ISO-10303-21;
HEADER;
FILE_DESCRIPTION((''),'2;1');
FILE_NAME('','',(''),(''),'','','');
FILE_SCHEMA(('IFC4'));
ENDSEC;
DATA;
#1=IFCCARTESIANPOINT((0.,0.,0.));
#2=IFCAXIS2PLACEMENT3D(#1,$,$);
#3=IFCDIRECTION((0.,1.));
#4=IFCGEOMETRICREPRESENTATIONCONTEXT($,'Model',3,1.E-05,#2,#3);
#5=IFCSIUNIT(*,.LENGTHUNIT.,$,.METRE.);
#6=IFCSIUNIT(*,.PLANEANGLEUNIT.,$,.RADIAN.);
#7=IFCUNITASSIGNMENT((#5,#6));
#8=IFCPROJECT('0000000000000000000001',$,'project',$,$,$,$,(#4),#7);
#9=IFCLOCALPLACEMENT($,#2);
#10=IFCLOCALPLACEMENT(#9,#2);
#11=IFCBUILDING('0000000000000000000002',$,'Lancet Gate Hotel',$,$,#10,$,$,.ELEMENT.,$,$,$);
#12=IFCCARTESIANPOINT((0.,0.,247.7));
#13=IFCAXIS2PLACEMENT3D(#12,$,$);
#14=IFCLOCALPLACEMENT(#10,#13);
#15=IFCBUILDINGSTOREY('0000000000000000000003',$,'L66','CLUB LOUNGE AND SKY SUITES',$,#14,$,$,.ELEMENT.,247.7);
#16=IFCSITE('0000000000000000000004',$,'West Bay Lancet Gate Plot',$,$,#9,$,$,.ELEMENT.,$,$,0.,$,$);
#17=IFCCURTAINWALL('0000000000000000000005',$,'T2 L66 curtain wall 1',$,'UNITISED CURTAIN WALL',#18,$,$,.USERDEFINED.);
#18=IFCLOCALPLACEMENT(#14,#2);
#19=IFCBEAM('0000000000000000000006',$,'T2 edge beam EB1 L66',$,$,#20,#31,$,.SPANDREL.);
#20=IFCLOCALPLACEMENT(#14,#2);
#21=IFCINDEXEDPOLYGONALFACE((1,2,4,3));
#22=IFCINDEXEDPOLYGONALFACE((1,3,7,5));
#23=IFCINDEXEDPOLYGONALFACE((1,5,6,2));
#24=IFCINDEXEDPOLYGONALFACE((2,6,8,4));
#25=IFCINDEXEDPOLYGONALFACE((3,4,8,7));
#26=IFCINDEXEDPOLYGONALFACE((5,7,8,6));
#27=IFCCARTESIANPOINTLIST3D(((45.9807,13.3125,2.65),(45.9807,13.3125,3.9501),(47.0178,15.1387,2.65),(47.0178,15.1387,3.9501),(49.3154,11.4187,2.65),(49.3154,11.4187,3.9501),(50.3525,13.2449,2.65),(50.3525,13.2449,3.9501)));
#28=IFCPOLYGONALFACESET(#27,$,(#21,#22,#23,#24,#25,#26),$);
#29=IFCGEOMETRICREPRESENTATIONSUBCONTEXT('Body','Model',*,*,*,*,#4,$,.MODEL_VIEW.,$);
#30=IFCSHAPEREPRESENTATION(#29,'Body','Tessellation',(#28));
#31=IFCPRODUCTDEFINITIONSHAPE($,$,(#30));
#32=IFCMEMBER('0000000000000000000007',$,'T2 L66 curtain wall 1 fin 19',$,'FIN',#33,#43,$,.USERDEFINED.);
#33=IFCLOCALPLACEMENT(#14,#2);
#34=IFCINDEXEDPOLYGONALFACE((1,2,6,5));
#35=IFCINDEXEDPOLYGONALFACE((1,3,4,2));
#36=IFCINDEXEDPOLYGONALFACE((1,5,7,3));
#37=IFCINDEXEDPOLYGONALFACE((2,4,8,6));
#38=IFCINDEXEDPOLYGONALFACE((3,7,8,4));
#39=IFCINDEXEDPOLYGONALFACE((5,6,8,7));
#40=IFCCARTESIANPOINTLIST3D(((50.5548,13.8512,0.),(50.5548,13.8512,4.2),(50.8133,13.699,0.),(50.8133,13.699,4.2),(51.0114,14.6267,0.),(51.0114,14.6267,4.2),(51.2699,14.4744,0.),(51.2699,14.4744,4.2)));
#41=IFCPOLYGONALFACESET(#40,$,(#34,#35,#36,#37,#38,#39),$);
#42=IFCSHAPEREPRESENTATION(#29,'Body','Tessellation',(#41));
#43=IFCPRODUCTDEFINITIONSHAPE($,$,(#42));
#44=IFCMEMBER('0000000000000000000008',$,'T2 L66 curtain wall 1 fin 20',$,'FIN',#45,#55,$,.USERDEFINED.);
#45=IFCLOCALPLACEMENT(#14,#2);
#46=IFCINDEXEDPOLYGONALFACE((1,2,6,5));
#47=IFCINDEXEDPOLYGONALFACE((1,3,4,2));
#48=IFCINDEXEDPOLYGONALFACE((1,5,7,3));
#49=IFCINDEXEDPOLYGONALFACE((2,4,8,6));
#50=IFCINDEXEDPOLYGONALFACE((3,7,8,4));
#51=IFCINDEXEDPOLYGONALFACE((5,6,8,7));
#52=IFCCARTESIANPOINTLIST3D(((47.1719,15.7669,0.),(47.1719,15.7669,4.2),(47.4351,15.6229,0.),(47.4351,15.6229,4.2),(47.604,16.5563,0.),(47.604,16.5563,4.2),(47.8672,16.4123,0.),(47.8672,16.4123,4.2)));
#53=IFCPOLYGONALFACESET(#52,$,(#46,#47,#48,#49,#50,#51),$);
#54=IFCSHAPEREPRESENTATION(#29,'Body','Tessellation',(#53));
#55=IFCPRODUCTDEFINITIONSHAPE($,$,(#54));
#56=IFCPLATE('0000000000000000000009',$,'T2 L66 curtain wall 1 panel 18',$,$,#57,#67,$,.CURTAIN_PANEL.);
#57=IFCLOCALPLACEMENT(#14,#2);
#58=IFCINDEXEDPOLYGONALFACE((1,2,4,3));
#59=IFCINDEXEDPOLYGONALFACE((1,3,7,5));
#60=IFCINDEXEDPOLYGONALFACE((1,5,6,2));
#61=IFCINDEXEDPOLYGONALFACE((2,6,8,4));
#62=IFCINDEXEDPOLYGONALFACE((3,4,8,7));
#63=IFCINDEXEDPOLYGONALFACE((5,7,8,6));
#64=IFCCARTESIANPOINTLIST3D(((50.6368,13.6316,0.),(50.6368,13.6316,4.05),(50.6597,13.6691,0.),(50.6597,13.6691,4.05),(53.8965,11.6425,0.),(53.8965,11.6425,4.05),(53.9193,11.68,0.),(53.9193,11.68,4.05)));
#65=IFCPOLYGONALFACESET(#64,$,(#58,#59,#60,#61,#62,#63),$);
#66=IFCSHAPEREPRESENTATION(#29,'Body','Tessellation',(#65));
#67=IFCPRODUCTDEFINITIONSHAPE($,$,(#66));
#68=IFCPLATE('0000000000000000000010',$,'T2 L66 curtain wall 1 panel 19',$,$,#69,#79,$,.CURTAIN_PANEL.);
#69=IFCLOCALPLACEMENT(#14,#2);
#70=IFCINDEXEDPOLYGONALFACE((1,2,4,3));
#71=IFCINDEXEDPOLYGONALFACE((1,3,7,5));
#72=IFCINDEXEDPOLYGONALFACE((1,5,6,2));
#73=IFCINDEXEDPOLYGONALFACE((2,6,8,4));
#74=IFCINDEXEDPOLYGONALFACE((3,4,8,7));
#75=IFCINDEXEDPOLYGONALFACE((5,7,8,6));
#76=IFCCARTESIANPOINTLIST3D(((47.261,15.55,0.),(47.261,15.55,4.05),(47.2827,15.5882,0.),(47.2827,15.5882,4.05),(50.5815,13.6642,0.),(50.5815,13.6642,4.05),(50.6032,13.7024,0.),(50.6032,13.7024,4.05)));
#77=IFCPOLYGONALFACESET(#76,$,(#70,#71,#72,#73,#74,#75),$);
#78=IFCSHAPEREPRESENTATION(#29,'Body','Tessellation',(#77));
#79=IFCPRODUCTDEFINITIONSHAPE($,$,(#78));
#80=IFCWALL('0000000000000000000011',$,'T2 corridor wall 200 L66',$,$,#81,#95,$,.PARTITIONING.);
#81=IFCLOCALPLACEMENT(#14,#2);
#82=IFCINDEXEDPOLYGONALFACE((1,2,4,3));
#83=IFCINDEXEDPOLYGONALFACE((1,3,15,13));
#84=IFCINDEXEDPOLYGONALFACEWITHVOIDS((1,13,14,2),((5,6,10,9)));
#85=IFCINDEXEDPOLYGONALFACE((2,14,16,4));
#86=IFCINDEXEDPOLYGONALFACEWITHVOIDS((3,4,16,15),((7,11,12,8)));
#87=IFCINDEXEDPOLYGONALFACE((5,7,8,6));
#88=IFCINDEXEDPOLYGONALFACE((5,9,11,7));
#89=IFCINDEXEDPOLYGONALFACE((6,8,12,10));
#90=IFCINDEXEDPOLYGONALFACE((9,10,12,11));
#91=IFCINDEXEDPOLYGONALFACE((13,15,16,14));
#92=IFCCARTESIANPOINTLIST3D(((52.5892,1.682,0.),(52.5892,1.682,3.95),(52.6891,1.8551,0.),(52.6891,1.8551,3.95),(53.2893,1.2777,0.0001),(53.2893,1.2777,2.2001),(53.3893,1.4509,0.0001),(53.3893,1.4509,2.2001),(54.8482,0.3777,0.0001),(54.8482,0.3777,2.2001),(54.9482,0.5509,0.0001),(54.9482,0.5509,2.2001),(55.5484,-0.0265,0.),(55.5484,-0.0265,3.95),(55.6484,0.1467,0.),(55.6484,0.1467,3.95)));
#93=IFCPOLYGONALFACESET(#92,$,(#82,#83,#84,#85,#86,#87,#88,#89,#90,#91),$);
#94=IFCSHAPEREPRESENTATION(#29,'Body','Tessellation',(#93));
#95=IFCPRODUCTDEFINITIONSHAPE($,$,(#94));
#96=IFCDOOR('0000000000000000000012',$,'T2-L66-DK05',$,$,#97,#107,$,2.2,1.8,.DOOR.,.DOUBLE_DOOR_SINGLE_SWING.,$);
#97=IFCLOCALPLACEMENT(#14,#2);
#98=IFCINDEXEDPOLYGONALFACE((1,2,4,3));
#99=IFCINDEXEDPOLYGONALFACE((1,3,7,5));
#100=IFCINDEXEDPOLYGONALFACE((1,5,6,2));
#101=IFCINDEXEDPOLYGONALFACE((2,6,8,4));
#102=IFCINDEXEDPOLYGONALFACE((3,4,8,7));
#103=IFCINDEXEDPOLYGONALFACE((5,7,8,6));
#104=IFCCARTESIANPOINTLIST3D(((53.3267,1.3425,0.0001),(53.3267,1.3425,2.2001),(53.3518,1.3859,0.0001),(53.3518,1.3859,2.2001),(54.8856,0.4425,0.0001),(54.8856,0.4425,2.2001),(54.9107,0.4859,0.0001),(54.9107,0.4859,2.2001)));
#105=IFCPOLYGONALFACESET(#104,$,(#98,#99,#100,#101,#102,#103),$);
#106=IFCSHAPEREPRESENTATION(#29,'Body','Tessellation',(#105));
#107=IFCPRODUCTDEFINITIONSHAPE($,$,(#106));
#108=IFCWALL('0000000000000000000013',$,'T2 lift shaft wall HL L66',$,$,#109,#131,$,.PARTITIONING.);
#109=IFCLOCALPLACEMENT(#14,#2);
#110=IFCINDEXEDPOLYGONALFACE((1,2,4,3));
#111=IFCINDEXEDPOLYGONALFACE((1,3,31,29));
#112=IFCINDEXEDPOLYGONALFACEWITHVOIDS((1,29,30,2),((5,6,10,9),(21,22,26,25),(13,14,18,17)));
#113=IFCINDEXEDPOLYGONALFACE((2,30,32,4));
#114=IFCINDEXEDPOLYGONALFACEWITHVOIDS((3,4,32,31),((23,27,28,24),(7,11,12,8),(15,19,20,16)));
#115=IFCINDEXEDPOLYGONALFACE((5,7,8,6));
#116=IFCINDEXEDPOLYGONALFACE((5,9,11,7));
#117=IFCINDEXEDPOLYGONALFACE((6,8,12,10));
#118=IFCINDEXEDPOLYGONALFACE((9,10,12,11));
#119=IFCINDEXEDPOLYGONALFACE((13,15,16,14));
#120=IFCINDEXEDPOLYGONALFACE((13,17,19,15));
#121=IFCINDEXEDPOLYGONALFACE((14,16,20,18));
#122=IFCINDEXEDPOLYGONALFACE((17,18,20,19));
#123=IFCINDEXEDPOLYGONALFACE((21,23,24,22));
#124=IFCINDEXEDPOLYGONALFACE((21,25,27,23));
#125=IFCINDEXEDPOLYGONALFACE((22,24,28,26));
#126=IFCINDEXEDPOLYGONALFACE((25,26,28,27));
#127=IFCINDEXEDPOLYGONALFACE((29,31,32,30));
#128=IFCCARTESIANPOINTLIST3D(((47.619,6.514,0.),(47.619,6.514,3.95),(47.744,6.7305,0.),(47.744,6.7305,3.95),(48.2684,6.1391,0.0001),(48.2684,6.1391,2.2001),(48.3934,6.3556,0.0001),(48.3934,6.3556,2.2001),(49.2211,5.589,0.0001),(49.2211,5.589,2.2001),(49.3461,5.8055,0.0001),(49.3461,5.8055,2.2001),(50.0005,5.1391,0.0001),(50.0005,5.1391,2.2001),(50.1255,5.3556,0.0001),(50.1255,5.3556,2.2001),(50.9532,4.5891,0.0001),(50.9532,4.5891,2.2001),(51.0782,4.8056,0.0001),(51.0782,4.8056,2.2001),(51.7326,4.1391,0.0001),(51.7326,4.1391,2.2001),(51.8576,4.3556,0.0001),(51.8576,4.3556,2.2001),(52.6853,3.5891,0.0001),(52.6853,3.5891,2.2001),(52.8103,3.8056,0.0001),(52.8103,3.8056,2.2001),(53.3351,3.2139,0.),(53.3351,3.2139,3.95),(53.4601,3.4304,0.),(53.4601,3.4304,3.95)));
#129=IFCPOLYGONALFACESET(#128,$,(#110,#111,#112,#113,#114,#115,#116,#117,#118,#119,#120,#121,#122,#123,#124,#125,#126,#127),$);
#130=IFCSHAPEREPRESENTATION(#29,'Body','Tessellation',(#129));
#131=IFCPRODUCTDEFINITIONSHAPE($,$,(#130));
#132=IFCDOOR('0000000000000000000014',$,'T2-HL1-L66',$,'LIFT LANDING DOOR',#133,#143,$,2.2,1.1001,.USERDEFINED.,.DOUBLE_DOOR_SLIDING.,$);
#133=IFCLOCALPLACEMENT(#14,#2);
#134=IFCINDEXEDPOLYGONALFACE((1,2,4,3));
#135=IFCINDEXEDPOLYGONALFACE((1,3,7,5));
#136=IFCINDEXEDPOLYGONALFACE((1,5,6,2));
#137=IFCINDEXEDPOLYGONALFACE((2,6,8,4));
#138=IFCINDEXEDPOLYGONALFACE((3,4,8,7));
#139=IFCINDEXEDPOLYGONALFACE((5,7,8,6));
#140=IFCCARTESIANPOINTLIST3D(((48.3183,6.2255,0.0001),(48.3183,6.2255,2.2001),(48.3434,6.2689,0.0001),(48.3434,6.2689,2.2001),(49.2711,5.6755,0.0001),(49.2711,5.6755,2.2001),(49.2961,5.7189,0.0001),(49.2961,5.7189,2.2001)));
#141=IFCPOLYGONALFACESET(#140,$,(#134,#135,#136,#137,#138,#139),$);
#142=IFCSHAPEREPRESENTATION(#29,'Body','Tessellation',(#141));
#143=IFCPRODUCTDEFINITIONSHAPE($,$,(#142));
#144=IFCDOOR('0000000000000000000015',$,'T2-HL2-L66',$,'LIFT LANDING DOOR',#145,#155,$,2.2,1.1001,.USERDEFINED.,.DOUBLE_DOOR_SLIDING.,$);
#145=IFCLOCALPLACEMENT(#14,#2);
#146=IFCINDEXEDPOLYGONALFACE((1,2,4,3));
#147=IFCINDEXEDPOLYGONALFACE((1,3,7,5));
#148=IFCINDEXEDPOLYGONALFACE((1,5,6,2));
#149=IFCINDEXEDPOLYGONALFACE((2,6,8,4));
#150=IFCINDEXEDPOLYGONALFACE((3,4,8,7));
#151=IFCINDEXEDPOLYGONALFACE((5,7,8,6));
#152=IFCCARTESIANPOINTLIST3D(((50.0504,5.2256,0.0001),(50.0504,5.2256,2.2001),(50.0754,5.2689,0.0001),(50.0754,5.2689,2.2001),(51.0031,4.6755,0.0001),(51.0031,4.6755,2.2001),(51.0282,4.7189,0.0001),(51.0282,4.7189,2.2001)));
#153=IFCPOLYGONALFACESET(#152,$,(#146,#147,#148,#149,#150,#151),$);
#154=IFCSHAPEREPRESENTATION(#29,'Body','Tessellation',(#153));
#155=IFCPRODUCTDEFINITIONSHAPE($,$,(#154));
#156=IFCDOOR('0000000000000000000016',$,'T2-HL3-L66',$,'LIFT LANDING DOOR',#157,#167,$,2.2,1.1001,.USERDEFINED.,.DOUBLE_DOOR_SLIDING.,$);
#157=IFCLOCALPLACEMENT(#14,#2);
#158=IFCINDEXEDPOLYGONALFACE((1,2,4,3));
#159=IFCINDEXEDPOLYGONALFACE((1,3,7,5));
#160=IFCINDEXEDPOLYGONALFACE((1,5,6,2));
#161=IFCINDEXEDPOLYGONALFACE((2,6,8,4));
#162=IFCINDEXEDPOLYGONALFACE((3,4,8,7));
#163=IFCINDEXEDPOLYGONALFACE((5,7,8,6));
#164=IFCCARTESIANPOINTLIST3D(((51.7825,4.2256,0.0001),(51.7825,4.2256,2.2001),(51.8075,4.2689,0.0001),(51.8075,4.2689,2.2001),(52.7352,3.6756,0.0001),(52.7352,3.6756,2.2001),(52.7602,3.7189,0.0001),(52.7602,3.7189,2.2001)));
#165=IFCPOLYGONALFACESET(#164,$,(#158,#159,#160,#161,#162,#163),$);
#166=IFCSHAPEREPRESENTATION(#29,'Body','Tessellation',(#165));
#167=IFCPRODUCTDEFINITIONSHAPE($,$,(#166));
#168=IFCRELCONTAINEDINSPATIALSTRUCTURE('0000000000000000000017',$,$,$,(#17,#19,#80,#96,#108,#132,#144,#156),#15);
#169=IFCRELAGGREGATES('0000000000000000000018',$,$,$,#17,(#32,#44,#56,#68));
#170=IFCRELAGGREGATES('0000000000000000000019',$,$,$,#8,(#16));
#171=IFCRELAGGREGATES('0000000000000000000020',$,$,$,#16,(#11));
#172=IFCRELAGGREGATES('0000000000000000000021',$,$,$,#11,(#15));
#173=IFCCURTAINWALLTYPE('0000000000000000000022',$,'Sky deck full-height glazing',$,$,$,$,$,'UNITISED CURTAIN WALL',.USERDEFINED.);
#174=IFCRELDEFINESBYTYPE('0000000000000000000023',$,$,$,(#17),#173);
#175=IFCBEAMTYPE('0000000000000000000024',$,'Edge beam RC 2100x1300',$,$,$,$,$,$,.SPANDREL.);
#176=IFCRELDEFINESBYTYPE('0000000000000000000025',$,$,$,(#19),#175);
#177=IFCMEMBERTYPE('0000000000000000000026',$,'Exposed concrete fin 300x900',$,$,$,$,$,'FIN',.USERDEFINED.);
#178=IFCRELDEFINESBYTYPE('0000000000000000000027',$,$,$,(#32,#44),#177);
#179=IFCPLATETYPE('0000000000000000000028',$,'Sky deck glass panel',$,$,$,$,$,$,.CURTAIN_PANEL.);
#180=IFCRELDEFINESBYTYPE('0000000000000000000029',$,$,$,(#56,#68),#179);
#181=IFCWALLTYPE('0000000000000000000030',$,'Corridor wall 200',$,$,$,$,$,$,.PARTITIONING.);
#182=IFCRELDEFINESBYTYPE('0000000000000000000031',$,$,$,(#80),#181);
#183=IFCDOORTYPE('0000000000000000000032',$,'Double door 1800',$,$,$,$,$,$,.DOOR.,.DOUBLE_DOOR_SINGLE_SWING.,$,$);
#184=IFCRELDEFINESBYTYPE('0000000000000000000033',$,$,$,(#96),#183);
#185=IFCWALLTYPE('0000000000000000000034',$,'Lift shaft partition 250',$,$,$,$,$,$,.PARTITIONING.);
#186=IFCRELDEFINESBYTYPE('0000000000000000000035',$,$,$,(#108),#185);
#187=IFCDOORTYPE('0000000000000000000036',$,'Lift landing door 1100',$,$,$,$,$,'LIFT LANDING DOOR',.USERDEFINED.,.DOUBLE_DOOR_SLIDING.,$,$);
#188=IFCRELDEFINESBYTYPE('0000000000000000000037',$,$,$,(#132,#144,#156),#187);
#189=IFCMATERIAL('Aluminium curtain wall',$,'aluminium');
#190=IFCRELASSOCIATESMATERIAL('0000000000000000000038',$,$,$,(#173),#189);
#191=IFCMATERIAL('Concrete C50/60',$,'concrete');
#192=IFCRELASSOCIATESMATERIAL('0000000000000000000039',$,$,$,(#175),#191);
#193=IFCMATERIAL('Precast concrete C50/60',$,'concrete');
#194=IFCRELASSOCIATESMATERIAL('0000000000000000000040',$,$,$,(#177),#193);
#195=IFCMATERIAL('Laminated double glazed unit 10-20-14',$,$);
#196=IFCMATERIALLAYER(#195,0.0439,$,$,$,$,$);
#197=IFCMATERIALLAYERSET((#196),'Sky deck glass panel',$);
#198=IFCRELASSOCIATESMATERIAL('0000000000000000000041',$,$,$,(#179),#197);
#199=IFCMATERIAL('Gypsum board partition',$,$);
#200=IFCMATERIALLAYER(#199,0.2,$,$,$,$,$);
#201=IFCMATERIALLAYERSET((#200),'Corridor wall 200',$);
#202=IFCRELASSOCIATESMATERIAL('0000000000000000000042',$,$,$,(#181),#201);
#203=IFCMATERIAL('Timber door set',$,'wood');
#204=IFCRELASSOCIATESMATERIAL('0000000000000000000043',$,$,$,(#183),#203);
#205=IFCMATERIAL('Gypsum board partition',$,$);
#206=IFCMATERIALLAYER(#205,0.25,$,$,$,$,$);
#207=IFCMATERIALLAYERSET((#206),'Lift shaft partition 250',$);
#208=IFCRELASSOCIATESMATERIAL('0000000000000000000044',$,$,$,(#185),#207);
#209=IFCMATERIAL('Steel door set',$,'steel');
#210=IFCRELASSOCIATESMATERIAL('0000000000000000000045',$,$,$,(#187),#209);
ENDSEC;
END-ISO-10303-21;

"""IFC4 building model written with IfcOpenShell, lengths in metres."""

from ifc_helpers import new_model, si_unit, direction, frame, frame_2d, origin, origin_2d, place, context, subcontext, project, spatial, rectangle, extrude, material, layer, layer_set, material_profile, profile_set, type_object, element, fill, aggregate, save


model = new_model("IFC4")

# Units and contexts
model_context = context("Model", 3, precision=1e-05, world=origin(), true_north=direction((0.0, 1.0)))
body_context = subcontext(model_context, "Body", "Model", "MODEL_VIEW")
ifc_project = project(units=[si_unit("LENGTHUNIT", "METRE"), si_unit("PLANEANGLEUNIT", "RADIAN")], contexts=[model_context])

# Site, building, storey
site_placement = place(None, origin())
site = spatial("IfcSite", under=ifc_project, at=site_placement, Name="West Bay Lancet Gate Plot", CompositionType="ELEMENT", RefElevation=0.0)
building_placement = place(site_placement, origin())
building = spatial("IfcBuilding", under=site, at=building_placement, Name="Lancet Gate Hotel", CompositionType="ELEMENT")
storey_placement = place(building_placement, frame((0.0, 0.0, 247.7)))
storey = spatial("IfcBuildingStorey", under=building, at=storey_placement, Name="L66", Description="CLUB LOUNGE AND SKY SUITES", CompositionType="ELEMENT", Elevation=247.7)

# Curtain wall
ifc_material_1 = material(Name="Aluminium curtain wall", Category="aluminium")
curtain_wall_type = type_object("IfcCurtainWallType", Name="Sky deck full-height glazing", ElementType="UNITISED CURTAIN WALL", PredefinedType="USERDEFINED", material=ifc_material_1)
curtain_wall_placement = place(storey_placement, origin())
curtain_wall = element("IfcCurtainWall", 1, at=curtain_wall_placement, inside=storey, type_object=curtain_wall_type, Name="T2 L66 curtain wall 1", ObjectType="UNITISED CURTAIN WALL", PredefinedType="USERDEFINED")

# Beam
ifc_material_2 = material(Name="Concrete C50/60", Category="concrete")
ifc_material_profile_1 = material_profile(ifc_material_2, rectangle(XDim=2.1001, YDim=1.3, at=origin_2d()), Name="RC 2100x1300")
ifc_profile_set_1 = profile_set([ifc_material_profile_1], Name="Concrete C50/60")
beam_type = type_object("IfcBeamType", Name="Edge beam RC 2100x1300", PredefinedType="SPANDREL", material=ifc_profile_set_1)
beam_placement = place(storey_placement, frame((49.834, 12.3318, 3.3), z_axis=(-0.86956, 0.493827, 0.0), x_axis=(-0.493827, -0.86956, 0.0)))
element("IfcBeam", 2, at=beam_placement, inside=storey, type_object=beam_type, Name="T2 edge beam EB1 L66", PredefinedType="SPANDREL", context=body_context, shape_type="SweptSolid", body=[
    extrude(rectangle(XDim=2.1001, YDim=1.3, at=origin_2d()), origin(), (0.0, 0.0, 1.0), 3.835),
])

# Members
ifc_material_3 = material(Name="Precast concrete C50/60", Category="concrete")
ifc_material_profile_2 = material_profile(ifc_material_3, rectangle(XDim=0.3, YDim=0.8999, at=origin_2d()), Name="FIN 300x900")
ifc_profile_set_2 = profile_set([ifc_material_profile_2], Name="Precast concrete C50/60")
member_type_1 = type_object("IfcMemberType", Name="Exposed concrete fin 300x900", ElementType="FIN", PredefinedType="USERDEFINED", material=ifc_profile_set_2)
member_1_placement = place(storey_placement, frame((50.9124, 14.1628, 0.0), z_axis=(0.0, 0.0, 1.0), x_axis=(-0.861692, 0.507432, 0.0)))
member_1 = element("IfcMember", 3, at=member_1_placement, type_object=member_type_1, Name="T2 L66 curtain wall 1 fin 19", ObjectType="FIN", PredefinedType="USERDEFINED", context=body_context, shape_type="SweptSolid", body=[
    extrude(rectangle(XDim=0.3, YDim=0.8999, at=origin_2d()), origin(), (0.0, 0.0, 1.0), 4.2),
])
member_2_placement = place(storey_placement, frame((47.5195, 16.0896, 0.0), z_axis=(0.0, 0.0, 1.0), x_axis=(-0.877195, 0.480135, 0.0)))
member_2 = element("IfcMember", 4, at=member_2_placement, type_object=member_type_1, Name="T2 L66 curtain wall 1 fin 20", ObjectType="FIN", PredefinedType="USERDEFINED", context=body_context, shape_type="SweptSolid", body=[
    extrude(rectangle(XDim=0.3, YDim=0.8999, at=origin_2d()), origin(), (0.0, 0.0, 1.0), 4.2),
])

# Plates
ifc_material_4 = material(Name="Laminated double glazed unit 10-20-14")
ifc_layer_1 = layer(ifc_material_4, 0.0439)
ifc_layer_set_1 = layer_set([ifc_layer_1], Name="Sky deck glass panel")
plate_type = type_object("IfcPlateType", Name="Sky deck glass panel", PredefinedType="CURTAIN_PANEL", material=ifc_layer_set_1)
plate_1_placement = place(storey_placement, frame((52.2781, 12.6558, 0.0), z_axis=(0.0, 0.0, 1.0), x_axis=(-0.853621, 0.520895, 0.0)))
plate_1 = element("IfcPlate", 5, at=plate_1_placement, type_object=plate_type, Name="T2 L66 curtain wall 1 panel 18", PredefinedType="CURTAIN_PANEL", context=body_context, shape_type="SweptSolid", body=[
    extrude(rectangle(XDim=3.8186, YDim=0.0439, at=origin_2d()), origin(), (0.0, 0.0, 1.0), 4.05),
])
plate_2_placement = place(storey_placement, frame((48.9321, 14.6262, 0.0), z_axis=(0.0, 0.0, 1.0), x_axis=(-0.86955, 0.493844, 0.0)))
plate_2 = element("IfcPlate", 6, at=plate_2_placement, type_object=plate_type, Name="T2 L66 curtain wall 1 panel 19", PredefinedType="CURTAIN_PANEL", context=body_context, shape_type="SweptSolid", body=[
    extrude(rectangle(XDim=3.8186, YDim=0.0439, at=origin_2d()), origin(), (0.0, 0.0, 1.0), 4.05),
])
aggregate(curtain_wall, [member_1, member_2, plate_1, plate_2])

# Wall, opening, door
ifc_material_5 = material(Name="Gypsum board partition")
ifc_layer_2 = layer(ifc_material_5, 0.2)
ifc_layer_set_2 = layer_set([ifc_layer_2], Name="Corridor wall 200")
wall_type_1 = type_object("IfcWallType", Name="Corridor wall 200", PredefinedType="PARTITIONING", material=ifc_layer_set_2)
wall_1_placement = place(storey_placement, frame((52.6392, 1.7686, 0.0), z_axis=(0.0, 0.0, 1.0), x_axis=(0.866027, -0.499997, 0.0)))
wall_1 = element("IfcWall", 7, at=wall_1_placement, inside=storey, type_object=wall_type_1, Name="T2 corridor wall 200 L66", PredefinedType="PARTITIONING", context=body_context, shape_type="SweptSolid", body=[
    extrude(rectangle(XDim=3.417, YDim=0.2, at=frame_2d((1.7085, 0.0))), origin(), (0.0, 0.0, 1.0), 3.95),
])
opening_1_placement = place(wall_1_placement, frame((0.8086, 0.0, 0.0)))
opening_1 = element("IfcOpeningElement", 8, at=opening_1_placement, cuts=wall_1, PredefinedType="OPENING", context=body_context, shape_type="SweptSolid", body=[
    extrude(rectangle(XDim=1.8, YDim=2.2, at=frame_2d((0.8999, 1.1001))), frame((0.0, 0.1099, 0.0), z_axis=(0.0, -1.0, 0.0), x_axis=(1.0, 0.0, 0.0)), (0.0, 0.0, 1.0), 0.22),
])
ifc_material_6 = material(Name="Timber door set", Category="wood")
door_type_1 = type_object("IfcDoorType", Name="Double door 1800", OperationType="DOUBLE_DOOR_SINGLE_SWING", PredefinedType="DOOR", material=ifc_material_6)
door_1_placement = place(opening_1_placement, origin())
door_1 = element("IfcDoor", 9, at=door_1_placement, inside=storey, type_object=door_type_1, Name="T2-L66-DK05", OperationType="DOUBLE_DOOR_SINGLE_SWING", OverallHeight=2.2, OverallWidth=1.8, PredefinedType="DOOR", context=body_context, shape_type="SweptSolid", body=[
    extrude(rectangle(XDim=1.8, YDim=2.2, at=frame_2d((0.8999, 1.1001))), frame((0.0, 0.0249, 0.0), z_axis=(0.0, -1.0, 0.0), x_axis=(1.0, 0.0, 0.0)), (0.0, 0.0, 1.0), 0.05),
])
fill(opening_1, door_1)

# Wall, openings, doors
ifc_material_7 = material(Name="Gypsum board partition")
ifc_layer_3 = layer(ifc_material_7, 0.25)
ifc_layer_set_3 = layer_set([ifc_layer_3], Name="Lift shaft partition 250")
wall_type_2 = type_object("IfcWallType", Name="Lift shaft partition 250", PredefinedType="PARTITIONING", material=ifc_layer_set_3)
wall_2_placement = place(storey_placement, frame((47.6814, 6.6223, 0.0), z_axis=(0.0, 0.0, 1.0), x_axis=(0.866033, -0.499986, 0.0)))
wall_2 = element("IfcWall", 10, at=wall_2_placement, inside=storey, type_object=wall_type_2, Name="T2 lift shaft wall HL L66", PredefinedType="PARTITIONING", context=body_context, shape_type="SweptSolid", body=[
    extrude(rectangle(XDim=6.6003, YDim=0.25, at=frame_2d((3.3003, 0.0))), origin(), (0.0, 0.0, 1.0), 3.95),
])
opening_2_placement = place(wall_2_placement, frame((0.75, 0.0, 0.0)))
opening_2 = element("IfcOpeningElement", 11, at=opening_2_placement, cuts=wall_2, PredefinedType="OPENING", context=body_context, shape_type="SweptSolid", body=[
    extrude(rectangle(XDim=1.1001, YDim=2.2, at=frame_2d((0.55, 1.1001))), frame((0.0, 0.135, 0.0), z_axis=(0.0, -1.0, 0.0), x_axis=(1.0, 0.0, 0.0)), (0.0, 0.0, 1.0), 0.27),
])
opening_3_placement = place(wall_2_placement, frame((2.75, 0.0, 0.0)))
opening_3 = element("IfcOpeningElement", 12, at=opening_3_placement, cuts=wall_2, PredefinedType="OPENING", context=body_context, shape_type="SweptSolid", body=[
    extrude(rectangle(XDim=1.1001, YDim=2.2, at=frame_2d((0.55, 1.1001))), frame((0.0, 0.135, 0.0), z_axis=(0.0, -1.0, 0.0), x_axis=(1.0, 0.0, 0.0)), (0.0, 0.0, 1.0), 0.27),
])
opening_4_placement = place(wall_2_placement, frame((4.75, 0.0, 0.0)))
opening_4 = element("IfcOpeningElement", 13, at=opening_4_placement, cuts=wall_2, PredefinedType="OPENING", context=body_context, shape_type="SweptSolid", body=[
    extrude(rectangle(XDim=1.1001, YDim=2.2, at=frame_2d((0.55, 1.1001))), frame((0.0, 0.135, 0.0), z_axis=(0.0, -1.0, 0.0), x_axis=(1.0, 0.0, 0.0)), (0.0, 0.0, 1.0), 0.27),
])
ifc_material_8 = material(Name="Steel door set", Category="steel")
door_type_2 = type_object("IfcDoorType", Name="Lift landing door 1100", ElementType="LIFT LANDING DOOR", OperationType="DOUBLE_DOOR_SLIDING", PredefinedType="USERDEFINED", material=ifc_material_8)
door_2_placement = place(opening_2_placement, origin())
door_2 = element("IfcDoor", 14, at=door_2_placement, inside=storey, type_object=door_type_2, Name="T2-HL1-L66", ObjectType="LIFT LANDING DOOR", OperationType="DOUBLE_DOOR_SLIDING", OverallHeight=2.2, OverallWidth=1.1001, PredefinedType="USERDEFINED", context=body_context, shape_type="SweptSolid", body=[
    extrude(rectangle(XDim=1.1001, YDim=2.2, at=frame_2d((0.55, 1.1001))), frame((0.0, 0.0249, 0.0), z_axis=(0.0, -1.0, 0.0), x_axis=(1.0, 0.0, 0.0)), (0.0, 0.0, 1.0), 0.05),
])
fill(opening_2, door_2)
door_3_placement = place(opening_3_placement, origin())
door_3 = element("IfcDoor", 15, at=door_3_placement, inside=storey, type_object=door_type_2, Name="T2-HL2-L66", ObjectType="LIFT LANDING DOOR", OperationType="DOUBLE_DOOR_SLIDING", OverallHeight=2.2, OverallWidth=1.1001, PredefinedType="USERDEFINED", context=body_context, shape_type="SweptSolid", body=[
    extrude(rectangle(XDim=1.1001, YDim=2.2, at=frame_2d((0.55, 1.1001))), frame((0.0, 0.0249, 0.0), z_axis=(0.0, -1.0, 0.0), x_axis=(1.0, 0.0, 0.0)), (0.0, 0.0, 1.0), 0.05),
])
fill(opening_3, door_3)
door_4_placement = place(opening_4_placement, origin())
door_4 = element("IfcDoor", 16, at=door_4_placement, inside=storey, type_object=door_type_2, Name="T2-HL3-L66", ObjectType="LIFT LANDING DOOR", OperationType="DOUBLE_DOOR_SLIDING", OverallHeight=2.2, OverallWidth=1.1001, PredefinedType="USERDEFINED", context=body_context, shape_type="SweptSolid", body=[
    extrude(rectangle(XDim=1.1001, YDim=2.2, at=frame_2d((0.55, 1.1001))), frame((0.0, 0.0249, 0.0), z_axis=(0.0, -1.0, 0.0), x_axis=(1.0, 0.0, 0.0)), (0.0, 0.0, 1.0), 0.05),
])
fill(opening_4, door_4)

save(model, "model.ifc")
